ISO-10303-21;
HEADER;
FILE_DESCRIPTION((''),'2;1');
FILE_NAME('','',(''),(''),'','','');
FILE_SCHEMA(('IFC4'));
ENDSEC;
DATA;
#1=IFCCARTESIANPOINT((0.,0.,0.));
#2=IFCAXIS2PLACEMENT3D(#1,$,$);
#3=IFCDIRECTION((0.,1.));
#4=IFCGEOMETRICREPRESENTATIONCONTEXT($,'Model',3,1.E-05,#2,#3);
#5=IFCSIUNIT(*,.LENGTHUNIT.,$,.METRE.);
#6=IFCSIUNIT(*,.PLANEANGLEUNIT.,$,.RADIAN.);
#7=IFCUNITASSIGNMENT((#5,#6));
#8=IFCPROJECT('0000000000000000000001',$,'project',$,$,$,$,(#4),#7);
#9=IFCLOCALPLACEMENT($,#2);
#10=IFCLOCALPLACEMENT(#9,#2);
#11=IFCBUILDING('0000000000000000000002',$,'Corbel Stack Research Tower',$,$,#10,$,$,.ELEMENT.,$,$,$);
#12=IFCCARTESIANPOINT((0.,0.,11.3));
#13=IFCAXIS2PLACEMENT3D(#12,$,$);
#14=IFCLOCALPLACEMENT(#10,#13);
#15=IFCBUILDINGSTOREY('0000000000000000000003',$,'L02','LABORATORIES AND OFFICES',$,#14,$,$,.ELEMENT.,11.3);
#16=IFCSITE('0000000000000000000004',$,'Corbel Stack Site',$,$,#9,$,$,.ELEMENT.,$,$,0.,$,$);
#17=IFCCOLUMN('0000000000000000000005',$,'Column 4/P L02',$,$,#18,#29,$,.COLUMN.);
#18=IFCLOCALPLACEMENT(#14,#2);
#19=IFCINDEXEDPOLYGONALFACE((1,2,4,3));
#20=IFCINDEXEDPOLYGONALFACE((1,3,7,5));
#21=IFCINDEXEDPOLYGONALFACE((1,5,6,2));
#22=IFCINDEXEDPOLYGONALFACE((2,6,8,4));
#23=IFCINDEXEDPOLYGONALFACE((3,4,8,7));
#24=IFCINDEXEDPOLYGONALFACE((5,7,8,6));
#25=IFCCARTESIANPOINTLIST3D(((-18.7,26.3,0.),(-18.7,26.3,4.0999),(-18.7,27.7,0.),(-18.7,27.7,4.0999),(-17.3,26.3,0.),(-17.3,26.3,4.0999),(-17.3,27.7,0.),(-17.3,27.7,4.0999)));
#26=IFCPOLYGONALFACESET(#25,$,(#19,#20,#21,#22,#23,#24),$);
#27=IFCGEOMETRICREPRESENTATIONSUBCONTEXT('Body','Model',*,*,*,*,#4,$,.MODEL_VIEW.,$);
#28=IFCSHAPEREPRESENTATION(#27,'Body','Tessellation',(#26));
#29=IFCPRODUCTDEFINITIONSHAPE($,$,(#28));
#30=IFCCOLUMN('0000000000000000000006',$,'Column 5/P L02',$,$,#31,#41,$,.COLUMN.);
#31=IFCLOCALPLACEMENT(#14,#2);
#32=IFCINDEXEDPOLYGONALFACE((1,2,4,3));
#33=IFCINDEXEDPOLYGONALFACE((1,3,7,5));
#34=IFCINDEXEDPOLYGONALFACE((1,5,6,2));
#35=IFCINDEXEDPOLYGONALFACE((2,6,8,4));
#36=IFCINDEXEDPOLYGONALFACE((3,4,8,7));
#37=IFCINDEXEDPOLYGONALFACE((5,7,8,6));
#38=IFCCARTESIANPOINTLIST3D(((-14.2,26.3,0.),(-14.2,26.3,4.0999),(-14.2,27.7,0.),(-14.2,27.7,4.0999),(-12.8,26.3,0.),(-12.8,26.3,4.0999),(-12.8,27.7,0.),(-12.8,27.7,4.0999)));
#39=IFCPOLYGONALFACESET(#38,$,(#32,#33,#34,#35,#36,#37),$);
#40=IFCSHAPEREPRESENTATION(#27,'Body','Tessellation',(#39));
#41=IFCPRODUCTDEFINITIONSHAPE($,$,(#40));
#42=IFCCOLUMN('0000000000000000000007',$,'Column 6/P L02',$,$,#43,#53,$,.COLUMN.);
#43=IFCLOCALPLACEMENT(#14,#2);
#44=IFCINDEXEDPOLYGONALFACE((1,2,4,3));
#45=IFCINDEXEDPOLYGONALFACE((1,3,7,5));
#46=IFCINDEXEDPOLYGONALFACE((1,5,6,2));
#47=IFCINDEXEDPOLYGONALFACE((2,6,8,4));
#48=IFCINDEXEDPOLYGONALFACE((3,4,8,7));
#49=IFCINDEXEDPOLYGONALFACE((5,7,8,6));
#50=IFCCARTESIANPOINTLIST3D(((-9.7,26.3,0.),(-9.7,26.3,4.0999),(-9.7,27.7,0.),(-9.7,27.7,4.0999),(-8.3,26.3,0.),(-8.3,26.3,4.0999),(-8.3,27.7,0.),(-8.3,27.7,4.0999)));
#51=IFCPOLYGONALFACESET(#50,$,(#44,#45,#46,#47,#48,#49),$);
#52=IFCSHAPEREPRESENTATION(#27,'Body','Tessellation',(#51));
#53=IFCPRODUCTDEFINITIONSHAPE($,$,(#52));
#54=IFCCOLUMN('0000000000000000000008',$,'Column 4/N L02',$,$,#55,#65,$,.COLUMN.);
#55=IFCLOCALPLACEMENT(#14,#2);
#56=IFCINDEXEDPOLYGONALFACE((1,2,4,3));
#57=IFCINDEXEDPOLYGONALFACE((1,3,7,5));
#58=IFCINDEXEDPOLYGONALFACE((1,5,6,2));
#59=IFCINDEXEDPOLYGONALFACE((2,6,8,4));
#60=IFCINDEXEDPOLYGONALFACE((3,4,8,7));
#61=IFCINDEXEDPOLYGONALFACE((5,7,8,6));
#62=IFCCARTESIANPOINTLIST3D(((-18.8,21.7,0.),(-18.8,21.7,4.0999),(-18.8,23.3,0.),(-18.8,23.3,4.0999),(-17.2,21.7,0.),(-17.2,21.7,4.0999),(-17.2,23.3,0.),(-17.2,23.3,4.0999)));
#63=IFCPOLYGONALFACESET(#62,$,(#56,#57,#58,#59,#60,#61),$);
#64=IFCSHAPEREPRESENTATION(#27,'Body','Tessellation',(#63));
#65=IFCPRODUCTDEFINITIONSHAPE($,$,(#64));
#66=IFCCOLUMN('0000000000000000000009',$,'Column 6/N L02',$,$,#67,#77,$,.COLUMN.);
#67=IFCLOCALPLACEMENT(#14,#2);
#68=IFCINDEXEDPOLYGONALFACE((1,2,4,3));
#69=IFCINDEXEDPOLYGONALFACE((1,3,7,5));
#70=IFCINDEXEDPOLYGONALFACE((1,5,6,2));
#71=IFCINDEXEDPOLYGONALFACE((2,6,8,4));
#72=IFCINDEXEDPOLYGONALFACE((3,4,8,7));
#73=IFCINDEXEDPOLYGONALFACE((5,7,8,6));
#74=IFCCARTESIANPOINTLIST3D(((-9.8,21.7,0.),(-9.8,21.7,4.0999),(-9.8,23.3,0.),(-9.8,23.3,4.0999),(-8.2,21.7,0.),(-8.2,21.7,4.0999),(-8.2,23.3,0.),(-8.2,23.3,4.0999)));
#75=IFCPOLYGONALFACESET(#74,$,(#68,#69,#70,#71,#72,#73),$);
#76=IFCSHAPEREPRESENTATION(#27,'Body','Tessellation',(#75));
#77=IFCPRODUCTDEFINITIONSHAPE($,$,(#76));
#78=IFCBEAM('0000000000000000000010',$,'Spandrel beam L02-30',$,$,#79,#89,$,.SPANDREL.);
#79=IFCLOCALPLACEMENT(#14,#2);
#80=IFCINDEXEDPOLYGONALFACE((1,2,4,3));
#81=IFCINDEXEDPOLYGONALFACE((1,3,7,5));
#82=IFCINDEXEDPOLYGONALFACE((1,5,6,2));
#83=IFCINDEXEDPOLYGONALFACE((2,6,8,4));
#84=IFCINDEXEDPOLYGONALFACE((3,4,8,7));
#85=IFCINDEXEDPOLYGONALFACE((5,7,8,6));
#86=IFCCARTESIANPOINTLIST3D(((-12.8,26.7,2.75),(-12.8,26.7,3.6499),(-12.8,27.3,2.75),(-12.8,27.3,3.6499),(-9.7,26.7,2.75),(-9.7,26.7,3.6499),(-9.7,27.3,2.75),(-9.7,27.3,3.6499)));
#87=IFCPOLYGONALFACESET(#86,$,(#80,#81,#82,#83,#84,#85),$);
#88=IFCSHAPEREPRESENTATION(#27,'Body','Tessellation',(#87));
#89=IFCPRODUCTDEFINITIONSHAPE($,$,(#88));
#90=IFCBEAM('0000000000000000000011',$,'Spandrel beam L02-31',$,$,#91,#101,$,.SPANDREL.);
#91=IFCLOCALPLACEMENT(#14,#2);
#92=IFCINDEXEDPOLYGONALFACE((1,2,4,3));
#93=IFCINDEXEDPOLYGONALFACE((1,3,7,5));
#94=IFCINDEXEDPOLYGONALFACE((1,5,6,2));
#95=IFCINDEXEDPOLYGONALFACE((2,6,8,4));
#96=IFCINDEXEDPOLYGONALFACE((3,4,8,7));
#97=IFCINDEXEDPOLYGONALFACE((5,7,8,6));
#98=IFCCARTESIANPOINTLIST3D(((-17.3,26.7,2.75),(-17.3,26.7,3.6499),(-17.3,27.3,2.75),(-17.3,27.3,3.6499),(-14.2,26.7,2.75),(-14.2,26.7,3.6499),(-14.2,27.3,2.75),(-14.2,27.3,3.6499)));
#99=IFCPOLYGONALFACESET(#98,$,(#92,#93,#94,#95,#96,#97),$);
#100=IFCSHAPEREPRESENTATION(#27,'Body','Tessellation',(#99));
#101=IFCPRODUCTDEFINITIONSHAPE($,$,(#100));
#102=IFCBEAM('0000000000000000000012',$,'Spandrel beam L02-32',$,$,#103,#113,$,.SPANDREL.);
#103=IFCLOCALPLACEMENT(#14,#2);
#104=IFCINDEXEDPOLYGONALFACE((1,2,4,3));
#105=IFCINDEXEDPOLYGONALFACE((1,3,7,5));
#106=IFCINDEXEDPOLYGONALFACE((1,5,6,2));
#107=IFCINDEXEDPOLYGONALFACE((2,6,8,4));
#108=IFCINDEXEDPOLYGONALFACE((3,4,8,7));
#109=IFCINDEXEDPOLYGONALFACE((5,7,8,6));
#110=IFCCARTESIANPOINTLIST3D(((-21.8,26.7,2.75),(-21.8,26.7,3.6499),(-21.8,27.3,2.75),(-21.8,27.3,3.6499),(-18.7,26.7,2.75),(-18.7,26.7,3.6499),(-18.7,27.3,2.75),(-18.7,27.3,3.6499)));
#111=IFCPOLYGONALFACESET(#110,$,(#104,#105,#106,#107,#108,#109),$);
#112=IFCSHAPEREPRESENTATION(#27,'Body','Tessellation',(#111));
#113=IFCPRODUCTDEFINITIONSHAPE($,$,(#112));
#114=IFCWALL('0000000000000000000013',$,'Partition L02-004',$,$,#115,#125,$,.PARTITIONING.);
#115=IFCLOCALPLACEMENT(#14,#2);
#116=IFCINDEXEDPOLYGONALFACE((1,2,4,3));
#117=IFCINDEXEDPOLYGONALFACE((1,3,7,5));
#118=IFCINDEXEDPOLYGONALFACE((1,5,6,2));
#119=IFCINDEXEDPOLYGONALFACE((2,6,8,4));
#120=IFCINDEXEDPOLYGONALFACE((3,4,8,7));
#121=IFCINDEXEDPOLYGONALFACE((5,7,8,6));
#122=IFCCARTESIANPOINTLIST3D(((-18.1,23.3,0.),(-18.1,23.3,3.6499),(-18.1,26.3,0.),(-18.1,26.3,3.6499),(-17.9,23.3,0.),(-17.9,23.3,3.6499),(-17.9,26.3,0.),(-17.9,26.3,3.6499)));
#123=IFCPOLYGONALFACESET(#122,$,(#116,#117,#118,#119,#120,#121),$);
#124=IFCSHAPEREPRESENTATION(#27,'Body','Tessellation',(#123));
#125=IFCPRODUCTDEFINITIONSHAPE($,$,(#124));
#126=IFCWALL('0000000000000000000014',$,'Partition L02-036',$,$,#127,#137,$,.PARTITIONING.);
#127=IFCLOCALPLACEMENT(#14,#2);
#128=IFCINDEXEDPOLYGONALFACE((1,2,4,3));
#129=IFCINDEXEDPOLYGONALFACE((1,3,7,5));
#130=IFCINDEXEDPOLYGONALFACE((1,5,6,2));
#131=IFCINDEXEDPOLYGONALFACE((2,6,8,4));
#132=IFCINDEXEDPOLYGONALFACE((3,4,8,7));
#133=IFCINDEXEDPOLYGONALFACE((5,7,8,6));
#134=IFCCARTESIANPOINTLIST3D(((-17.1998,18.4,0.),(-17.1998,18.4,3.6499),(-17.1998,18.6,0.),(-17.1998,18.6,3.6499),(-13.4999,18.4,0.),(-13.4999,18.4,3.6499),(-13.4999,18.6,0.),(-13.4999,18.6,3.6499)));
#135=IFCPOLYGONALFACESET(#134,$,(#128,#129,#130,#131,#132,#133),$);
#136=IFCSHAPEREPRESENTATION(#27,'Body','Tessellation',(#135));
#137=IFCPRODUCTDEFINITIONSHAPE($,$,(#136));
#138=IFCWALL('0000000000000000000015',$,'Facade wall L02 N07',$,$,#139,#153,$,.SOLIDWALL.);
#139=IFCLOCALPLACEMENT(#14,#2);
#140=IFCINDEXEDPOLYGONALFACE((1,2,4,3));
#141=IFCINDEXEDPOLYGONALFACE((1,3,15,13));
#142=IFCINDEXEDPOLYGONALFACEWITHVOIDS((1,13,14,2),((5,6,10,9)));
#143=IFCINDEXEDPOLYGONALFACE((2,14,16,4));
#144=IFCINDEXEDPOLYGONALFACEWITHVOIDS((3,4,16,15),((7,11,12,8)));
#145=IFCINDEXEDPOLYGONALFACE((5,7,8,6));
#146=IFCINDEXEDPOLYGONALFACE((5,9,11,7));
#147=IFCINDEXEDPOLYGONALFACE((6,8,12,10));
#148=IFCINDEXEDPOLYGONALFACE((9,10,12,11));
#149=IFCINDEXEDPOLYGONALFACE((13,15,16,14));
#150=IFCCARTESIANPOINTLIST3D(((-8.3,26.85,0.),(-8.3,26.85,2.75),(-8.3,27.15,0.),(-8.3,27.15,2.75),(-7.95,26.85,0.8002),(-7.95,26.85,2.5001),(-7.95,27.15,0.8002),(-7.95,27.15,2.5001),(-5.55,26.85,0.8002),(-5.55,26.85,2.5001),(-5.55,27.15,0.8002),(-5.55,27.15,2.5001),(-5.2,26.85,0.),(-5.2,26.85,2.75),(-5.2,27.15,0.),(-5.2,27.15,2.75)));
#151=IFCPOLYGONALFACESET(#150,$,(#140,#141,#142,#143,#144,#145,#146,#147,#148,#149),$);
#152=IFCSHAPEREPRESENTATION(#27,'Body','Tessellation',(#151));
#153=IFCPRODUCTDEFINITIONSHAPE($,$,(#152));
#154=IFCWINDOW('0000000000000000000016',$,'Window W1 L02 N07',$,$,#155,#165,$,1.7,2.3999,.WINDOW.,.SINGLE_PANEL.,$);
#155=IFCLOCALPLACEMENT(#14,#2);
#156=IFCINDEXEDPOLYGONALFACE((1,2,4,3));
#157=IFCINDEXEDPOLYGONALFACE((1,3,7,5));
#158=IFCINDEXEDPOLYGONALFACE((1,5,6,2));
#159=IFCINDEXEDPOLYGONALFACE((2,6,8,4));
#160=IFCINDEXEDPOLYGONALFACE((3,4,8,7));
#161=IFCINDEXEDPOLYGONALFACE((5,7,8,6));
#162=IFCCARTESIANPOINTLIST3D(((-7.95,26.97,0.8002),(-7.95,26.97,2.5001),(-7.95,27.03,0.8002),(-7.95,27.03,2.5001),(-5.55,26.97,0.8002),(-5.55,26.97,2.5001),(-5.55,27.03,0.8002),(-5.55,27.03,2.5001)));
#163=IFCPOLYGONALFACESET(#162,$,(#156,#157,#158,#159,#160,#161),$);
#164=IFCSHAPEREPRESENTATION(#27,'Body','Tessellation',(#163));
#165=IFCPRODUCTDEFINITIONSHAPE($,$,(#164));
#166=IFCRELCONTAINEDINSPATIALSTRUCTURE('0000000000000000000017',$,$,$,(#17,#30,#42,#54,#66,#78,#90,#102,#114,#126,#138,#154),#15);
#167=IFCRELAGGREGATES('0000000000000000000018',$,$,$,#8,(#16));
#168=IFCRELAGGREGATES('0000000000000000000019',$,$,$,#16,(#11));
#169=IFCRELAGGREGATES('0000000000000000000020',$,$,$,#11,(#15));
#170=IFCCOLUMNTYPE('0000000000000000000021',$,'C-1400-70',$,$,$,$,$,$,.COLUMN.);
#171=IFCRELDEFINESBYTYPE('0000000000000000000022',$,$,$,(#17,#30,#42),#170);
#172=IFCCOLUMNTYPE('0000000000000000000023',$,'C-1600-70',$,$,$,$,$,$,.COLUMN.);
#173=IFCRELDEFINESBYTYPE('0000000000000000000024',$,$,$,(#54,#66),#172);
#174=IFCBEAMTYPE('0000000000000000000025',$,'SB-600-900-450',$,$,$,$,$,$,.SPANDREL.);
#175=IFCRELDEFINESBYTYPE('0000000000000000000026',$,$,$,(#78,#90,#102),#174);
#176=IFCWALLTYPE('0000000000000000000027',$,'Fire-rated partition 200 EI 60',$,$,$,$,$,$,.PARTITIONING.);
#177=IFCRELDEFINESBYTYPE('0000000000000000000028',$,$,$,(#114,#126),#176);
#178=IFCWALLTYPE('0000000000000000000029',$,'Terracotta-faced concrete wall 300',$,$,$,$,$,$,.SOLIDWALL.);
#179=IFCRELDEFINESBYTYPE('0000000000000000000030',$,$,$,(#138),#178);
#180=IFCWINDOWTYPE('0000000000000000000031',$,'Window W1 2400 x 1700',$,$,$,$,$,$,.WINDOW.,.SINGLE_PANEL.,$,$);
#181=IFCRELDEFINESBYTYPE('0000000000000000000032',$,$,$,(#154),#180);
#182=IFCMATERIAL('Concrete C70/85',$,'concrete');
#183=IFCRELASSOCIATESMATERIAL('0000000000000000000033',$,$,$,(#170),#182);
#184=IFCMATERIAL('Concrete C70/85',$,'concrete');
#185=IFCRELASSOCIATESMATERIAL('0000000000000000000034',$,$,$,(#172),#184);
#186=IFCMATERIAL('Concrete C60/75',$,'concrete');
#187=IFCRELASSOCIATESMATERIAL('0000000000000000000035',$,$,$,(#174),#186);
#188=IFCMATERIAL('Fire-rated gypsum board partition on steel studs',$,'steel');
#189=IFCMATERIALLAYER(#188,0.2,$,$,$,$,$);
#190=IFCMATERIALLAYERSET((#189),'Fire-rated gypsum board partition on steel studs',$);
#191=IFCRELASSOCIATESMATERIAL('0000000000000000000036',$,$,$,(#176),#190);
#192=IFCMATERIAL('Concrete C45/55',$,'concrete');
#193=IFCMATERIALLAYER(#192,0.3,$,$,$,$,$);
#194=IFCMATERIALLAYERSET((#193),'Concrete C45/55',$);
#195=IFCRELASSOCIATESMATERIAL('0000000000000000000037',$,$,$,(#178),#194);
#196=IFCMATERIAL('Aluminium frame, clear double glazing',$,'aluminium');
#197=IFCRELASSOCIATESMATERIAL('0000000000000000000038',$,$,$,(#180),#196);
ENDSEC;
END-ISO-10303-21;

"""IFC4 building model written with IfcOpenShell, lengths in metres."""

from ifc_helpers import new_model, si_unit, direction, frame, frame_2d, origin, origin_2d, place, context, subcontext, project, spatial, rectangle, extrude, material, layer, layer_set, material_profile, profile_set, type_object, element, fill, save


model = new_model("IFC4")

# Units and contexts
model_context = context("Model", 3, precision=1e-05, world=origin(), true_north=direction((0.0, 1.0)))
body_context = subcontext(model_context, "Body", "Model", "MODEL_VIEW")
ifc_project = project(units=[si_unit("LENGTHUNIT", "METRE"), si_unit("PLANEANGLEUNIT", "RADIAN")], contexts=[model_context])

# Site, building, storey
site_placement = place(None, origin())
site = spatial("IfcSite", under=ifc_project, at=site_placement, Name="Corbel Stack Site", CompositionType="ELEMENT", RefElevation=0.0)
building_placement = place(site_placement, origin())
building = spatial("IfcBuilding", under=site, at=building_placement, Name="Corbel Stack Research Tower", CompositionType="ELEMENT")
storey_placement = place(building_placement, frame((0.0, 0.0, 11.3)))
storey = spatial("IfcBuildingStorey", under=building, at=storey_placement, Name="L02", Description="LABORATORIES AND OFFICES", CompositionType="ELEMENT", Elevation=11.3)

# Columns
ifc_material_1 = material(Name="Concrete C70/85", Category="concrete")
ifc_material_profile_1 = material_profile(ifc_material_1, rectangle(XDim=1.3999, YDim=1.3999, at=origin_2d()), Name="RC 1400 x 1400")
ifc_profile_set_1 = profile_set([ifc_material_profile_1], Name="Concrete C70/85")
column_type_1 = type_object("IfcColumnType", Name="C-1400-70", PredefinedType="COLUMN", material=ifc_profile_set_1)
for number, where, z_axis, x_axis, name in (
    (1, (-18.0, 27.0, 0.0), (0.0, 0.0, 1.0), (1.0, 0.0, 0.0), "Column 4/P L02"),
    (2, (-13.5, 27.0, 0.0), (0.0, 0.0, 1.0), (1.0, 0.0, 0.0), "Column 5/P L02"),
    (3, (-9.0, 27.0, 0.0), (0.0, 0.0, 1.0), (1.0, 0.0, 0.0), "Column 6/P L02"),
):
    element("IfcColumn", number, at=place(storey_placement, frame(where, z_axis=z_axis, x_axis=x_axis)), inside=storey, type_object=column_type_1, Name=name, PredefinedType="COLUMN", context=body_context, shape_type="SweptSolid", body=[
        extrude(rectangle(XDim=1.3999, YDim=1.3999, at=origin_2d()), origin(), (0.0, 0.0, 1.0), 4.0999),
    ])
ifc_material_2 = material(Name="Concrete C70/85", Category="concrete")
ifc_material_profile_2 = material_profile(ifc_material_2, rectangle(XDim=1.6001, YDim=1.6001, at=origin_2d()), Name="RC 1600 x 1600")
ifc_profile_set_2 = profile_set([ifc_material_profile_2], Name="Concrete C70/85")
column_type_2 = type_object("IfcColumnType", Name="C-1600-70", PredefinedType="COLUMN", material=ifc_profile_set_2)
for number, where, z_axis, x_axis, name in (
    (4, (-18.0, 22.5, 0.0), (0.0, 0.0, 1.0), (1.0, 0.0, 0.0), "Column 4/N L02"),
    (5, (-9.0, 22.5, 0.0), (0.0, 0.0, 1.0), (1.0, 0.0, 0.0), "Column 6/N L02"),
):
    element("IfcColumn", number, at=place(storey_placement, frame(where, z_axis=z_axis, x_axis=x_axis)), inside=storey, type_object=column_type_2, Name=name, PredefinedType="COLUMN", context=body_context, shape_type="SweptSolid", body=[
        extrude(rectangle(XDim=1.6001, YDim=1.6001, at=origin_2d()), origin(), (0.0, 0.0, 1.0), 4.0999),
    ])

# Beams
ifc_material_3 = material(Name="Concrete C60/75", Category="concrete")
ifc_material_profile_3 = material_profile(ifc_material_3, rectangle(XDim=0.6001, YDim=0.8999, at=origin_2d()), Name="RC 600 x 900")
ifc_profile_set_3 = profile_set([ifc_material_profile_3], Name="Concrete C60/75")
beam_type = type_object("IfcBeamType", Name="SB-600-900-450", PredefinedType="SPANDREL", material=ifc_profile_set_3)
for number, where, z_axis, x_axis, name in (
    (6, (-9.7, 27.0, 3.2), (-1.0, 0.0, 0.0), (0.0, -1.0, 0.0), "Spandrel beam L02-30"),
    (7, (-14.2, 27.0, 3.2), (-1.0, 0.0, 0.0), (0.0, -1.0, 0.0), "Spandrel beam L02-31"),
    (8, (-18.7, 27.0, 3.2), (-1.0, 0.0, 0.0), (0.0, -1.0, 0.0), "Spandrel beam L02-32"),
):
    element("IfcBeam", number, at=place(storey_placement, frame(where, z_axis=z_axis, x_axis=x_axis)), inside=storey, type_object=beam_type, Name=name, PredefinedType="SPANDREL", context=body_context, shape_type="SweptSolid", body=[
        extrude(rectangle(XDim=0.6001, YDim=0.8999, at=origin_2d()), origin(), (0.0, 0.0, 1.0), 3.1001),
    ])

# Walls
ifc_material_4 = material(Name="Fire-rated gypsum board partition on steel studs", Category="steel")
ifc_layer_1 = layer(ifc_material_4, 0.2)
ifc_layer_set_1 = layer_set([ifc_layer_1], Name="Fire-rated gypsum board partition on steel studs")
wall_type_1 = type_object("IfcWallType", Name="Fire-rated partition 200 EI 60", PredefinedType="PARTITIONING", material=ifc_layer_set_1)
wall_1_placement = place(storey_placement, frame((-18.0, 23.3, 0.0), z_axis=(0.0, 0.0, 1.0), x_axis=(0.0, 1.0, 0.0)))
element("IfcWall", 9, at=wall_1_placement, inside=storey, type_object=wall_type_1, Name="Partition L02-004", PredefinedType="PARTITIONING", context=body_context, shape_type="SweptSolid", body=[
    extrude(rectangle(XDim=3.0, YDim=0.2, at=frame_2d((1.5, 0.0))), origin(), (0.0, 0.0, 1.0), 3.6499),
])
wall_2_placement = place(storey_placement, frame((-17.2, 18.5, 0.0), z_axis=(0.0, 0.0, 1.0), x_axis=(1.0, 0.0, 0.0)))
element("IfcWall", 10, at=wall_2_placement, inside=storey, type_object=wall_type_1, Name="Partition L02-036", PredefinedType="PARTITIONING", context=body_context, shape_type="SweptSolid", body=[
    extrude(rectangle(XDim=3.7, YDim=0.2, at=frame_2d((1.8501, 0.0))), origin(), (0.0, 0.0, 1.0), 3.6499),
])

# Wall, opening, window
ifc_material_5 = material(Name="Concrete C45/55", Category="concrete")
ifc_layer_2 = layer(ifc_material_5, 0.3)
ifc_layer_set_2 = layer_set([ifc_layer_2], Name="Concrete C45/55")
wall_type_2 = type_object("IfcWallType", Name="Terracotta-faced concrete wall 300", PredefinedType="SOLIDWALL", material=ifc_layer_set_2)
wall_3_placement = place(storey_placement, frame((-8.3, 27.0, 0.0), z_axis=(0.0, 0.0, 1.0), x_axis=(1.0, 0.0, 0.0)))
wall_3 = element("IfcWall", 11, at=wall_3_placement, inside=storey, type_object=wall_type_2, Name="Facade wall L02 N07", PredefinedType="SOLIDWALL", context=body_context, shape_type="SweptSolid", body=[
    extrude(rectangle(XDim=3.1001, YDim=0.3, at=frame_2d((1.55, 0.0))), origin(), (0.0, 0.0, 1.0), 2.75),
])
opening_1_placement = place(wall_3_placement, frame((0.3501, 0.0, 0.8)))
opening_1 = element("IfcOpeningElement", 12, at=opening_1_placement, cuts=wall_3, PredefinedType="OPENING", context=body_context, shape_type="SweptSolid", body=[
    extrude(rectangle(XDim=2.3999, YDim=1.7, at=frame_2d((1.2, 0.8501))), frame((0.0, 0.1599, 0.0), z_axis=(0.0, -1.0, 0.0), x_axis=(1.0, 0.0, 0.0)), (0.0, 0.0, 1.0), 0.3201),
])
ifc_material_6 = material(Name="Aluminium frame, clear double glazing", Category="aluminium")
window_type = type_object("IfcWindowType", Name="Window W1 2400 x 1700", PartitioningType="SINGLE_PANEL", PredefinedType="WINDOW", material=ifc_material_6)
window_1_placement = place(opening_1_placement, origin())
window_1 = element("IfcWindow", 13, at=window_1_placement, inside=storey, type_object=window_type, Name="Window W1 L02 N07", OverallHeight=1.7, OverallWidth=2.3999, PartitioningType="SINGLE_PANEL", PredefinedType="WINDOW", context=body_context, shape_type="SweptSolid", body=[
    extrude(rectangle(XDim=2.3999, YDim=1.7, at=frame_2d((1.2, 0.8501))), frame((0.0, 0.03, 0.0), z_axis=(0.0, -1.0, 0.0), x_axis=(1.0, 0.0, 0.0)), (0.0, 0.0, 1.0), 0.0601),
])
fill(opening_1, window_1)

save(model, "model.ifc")
